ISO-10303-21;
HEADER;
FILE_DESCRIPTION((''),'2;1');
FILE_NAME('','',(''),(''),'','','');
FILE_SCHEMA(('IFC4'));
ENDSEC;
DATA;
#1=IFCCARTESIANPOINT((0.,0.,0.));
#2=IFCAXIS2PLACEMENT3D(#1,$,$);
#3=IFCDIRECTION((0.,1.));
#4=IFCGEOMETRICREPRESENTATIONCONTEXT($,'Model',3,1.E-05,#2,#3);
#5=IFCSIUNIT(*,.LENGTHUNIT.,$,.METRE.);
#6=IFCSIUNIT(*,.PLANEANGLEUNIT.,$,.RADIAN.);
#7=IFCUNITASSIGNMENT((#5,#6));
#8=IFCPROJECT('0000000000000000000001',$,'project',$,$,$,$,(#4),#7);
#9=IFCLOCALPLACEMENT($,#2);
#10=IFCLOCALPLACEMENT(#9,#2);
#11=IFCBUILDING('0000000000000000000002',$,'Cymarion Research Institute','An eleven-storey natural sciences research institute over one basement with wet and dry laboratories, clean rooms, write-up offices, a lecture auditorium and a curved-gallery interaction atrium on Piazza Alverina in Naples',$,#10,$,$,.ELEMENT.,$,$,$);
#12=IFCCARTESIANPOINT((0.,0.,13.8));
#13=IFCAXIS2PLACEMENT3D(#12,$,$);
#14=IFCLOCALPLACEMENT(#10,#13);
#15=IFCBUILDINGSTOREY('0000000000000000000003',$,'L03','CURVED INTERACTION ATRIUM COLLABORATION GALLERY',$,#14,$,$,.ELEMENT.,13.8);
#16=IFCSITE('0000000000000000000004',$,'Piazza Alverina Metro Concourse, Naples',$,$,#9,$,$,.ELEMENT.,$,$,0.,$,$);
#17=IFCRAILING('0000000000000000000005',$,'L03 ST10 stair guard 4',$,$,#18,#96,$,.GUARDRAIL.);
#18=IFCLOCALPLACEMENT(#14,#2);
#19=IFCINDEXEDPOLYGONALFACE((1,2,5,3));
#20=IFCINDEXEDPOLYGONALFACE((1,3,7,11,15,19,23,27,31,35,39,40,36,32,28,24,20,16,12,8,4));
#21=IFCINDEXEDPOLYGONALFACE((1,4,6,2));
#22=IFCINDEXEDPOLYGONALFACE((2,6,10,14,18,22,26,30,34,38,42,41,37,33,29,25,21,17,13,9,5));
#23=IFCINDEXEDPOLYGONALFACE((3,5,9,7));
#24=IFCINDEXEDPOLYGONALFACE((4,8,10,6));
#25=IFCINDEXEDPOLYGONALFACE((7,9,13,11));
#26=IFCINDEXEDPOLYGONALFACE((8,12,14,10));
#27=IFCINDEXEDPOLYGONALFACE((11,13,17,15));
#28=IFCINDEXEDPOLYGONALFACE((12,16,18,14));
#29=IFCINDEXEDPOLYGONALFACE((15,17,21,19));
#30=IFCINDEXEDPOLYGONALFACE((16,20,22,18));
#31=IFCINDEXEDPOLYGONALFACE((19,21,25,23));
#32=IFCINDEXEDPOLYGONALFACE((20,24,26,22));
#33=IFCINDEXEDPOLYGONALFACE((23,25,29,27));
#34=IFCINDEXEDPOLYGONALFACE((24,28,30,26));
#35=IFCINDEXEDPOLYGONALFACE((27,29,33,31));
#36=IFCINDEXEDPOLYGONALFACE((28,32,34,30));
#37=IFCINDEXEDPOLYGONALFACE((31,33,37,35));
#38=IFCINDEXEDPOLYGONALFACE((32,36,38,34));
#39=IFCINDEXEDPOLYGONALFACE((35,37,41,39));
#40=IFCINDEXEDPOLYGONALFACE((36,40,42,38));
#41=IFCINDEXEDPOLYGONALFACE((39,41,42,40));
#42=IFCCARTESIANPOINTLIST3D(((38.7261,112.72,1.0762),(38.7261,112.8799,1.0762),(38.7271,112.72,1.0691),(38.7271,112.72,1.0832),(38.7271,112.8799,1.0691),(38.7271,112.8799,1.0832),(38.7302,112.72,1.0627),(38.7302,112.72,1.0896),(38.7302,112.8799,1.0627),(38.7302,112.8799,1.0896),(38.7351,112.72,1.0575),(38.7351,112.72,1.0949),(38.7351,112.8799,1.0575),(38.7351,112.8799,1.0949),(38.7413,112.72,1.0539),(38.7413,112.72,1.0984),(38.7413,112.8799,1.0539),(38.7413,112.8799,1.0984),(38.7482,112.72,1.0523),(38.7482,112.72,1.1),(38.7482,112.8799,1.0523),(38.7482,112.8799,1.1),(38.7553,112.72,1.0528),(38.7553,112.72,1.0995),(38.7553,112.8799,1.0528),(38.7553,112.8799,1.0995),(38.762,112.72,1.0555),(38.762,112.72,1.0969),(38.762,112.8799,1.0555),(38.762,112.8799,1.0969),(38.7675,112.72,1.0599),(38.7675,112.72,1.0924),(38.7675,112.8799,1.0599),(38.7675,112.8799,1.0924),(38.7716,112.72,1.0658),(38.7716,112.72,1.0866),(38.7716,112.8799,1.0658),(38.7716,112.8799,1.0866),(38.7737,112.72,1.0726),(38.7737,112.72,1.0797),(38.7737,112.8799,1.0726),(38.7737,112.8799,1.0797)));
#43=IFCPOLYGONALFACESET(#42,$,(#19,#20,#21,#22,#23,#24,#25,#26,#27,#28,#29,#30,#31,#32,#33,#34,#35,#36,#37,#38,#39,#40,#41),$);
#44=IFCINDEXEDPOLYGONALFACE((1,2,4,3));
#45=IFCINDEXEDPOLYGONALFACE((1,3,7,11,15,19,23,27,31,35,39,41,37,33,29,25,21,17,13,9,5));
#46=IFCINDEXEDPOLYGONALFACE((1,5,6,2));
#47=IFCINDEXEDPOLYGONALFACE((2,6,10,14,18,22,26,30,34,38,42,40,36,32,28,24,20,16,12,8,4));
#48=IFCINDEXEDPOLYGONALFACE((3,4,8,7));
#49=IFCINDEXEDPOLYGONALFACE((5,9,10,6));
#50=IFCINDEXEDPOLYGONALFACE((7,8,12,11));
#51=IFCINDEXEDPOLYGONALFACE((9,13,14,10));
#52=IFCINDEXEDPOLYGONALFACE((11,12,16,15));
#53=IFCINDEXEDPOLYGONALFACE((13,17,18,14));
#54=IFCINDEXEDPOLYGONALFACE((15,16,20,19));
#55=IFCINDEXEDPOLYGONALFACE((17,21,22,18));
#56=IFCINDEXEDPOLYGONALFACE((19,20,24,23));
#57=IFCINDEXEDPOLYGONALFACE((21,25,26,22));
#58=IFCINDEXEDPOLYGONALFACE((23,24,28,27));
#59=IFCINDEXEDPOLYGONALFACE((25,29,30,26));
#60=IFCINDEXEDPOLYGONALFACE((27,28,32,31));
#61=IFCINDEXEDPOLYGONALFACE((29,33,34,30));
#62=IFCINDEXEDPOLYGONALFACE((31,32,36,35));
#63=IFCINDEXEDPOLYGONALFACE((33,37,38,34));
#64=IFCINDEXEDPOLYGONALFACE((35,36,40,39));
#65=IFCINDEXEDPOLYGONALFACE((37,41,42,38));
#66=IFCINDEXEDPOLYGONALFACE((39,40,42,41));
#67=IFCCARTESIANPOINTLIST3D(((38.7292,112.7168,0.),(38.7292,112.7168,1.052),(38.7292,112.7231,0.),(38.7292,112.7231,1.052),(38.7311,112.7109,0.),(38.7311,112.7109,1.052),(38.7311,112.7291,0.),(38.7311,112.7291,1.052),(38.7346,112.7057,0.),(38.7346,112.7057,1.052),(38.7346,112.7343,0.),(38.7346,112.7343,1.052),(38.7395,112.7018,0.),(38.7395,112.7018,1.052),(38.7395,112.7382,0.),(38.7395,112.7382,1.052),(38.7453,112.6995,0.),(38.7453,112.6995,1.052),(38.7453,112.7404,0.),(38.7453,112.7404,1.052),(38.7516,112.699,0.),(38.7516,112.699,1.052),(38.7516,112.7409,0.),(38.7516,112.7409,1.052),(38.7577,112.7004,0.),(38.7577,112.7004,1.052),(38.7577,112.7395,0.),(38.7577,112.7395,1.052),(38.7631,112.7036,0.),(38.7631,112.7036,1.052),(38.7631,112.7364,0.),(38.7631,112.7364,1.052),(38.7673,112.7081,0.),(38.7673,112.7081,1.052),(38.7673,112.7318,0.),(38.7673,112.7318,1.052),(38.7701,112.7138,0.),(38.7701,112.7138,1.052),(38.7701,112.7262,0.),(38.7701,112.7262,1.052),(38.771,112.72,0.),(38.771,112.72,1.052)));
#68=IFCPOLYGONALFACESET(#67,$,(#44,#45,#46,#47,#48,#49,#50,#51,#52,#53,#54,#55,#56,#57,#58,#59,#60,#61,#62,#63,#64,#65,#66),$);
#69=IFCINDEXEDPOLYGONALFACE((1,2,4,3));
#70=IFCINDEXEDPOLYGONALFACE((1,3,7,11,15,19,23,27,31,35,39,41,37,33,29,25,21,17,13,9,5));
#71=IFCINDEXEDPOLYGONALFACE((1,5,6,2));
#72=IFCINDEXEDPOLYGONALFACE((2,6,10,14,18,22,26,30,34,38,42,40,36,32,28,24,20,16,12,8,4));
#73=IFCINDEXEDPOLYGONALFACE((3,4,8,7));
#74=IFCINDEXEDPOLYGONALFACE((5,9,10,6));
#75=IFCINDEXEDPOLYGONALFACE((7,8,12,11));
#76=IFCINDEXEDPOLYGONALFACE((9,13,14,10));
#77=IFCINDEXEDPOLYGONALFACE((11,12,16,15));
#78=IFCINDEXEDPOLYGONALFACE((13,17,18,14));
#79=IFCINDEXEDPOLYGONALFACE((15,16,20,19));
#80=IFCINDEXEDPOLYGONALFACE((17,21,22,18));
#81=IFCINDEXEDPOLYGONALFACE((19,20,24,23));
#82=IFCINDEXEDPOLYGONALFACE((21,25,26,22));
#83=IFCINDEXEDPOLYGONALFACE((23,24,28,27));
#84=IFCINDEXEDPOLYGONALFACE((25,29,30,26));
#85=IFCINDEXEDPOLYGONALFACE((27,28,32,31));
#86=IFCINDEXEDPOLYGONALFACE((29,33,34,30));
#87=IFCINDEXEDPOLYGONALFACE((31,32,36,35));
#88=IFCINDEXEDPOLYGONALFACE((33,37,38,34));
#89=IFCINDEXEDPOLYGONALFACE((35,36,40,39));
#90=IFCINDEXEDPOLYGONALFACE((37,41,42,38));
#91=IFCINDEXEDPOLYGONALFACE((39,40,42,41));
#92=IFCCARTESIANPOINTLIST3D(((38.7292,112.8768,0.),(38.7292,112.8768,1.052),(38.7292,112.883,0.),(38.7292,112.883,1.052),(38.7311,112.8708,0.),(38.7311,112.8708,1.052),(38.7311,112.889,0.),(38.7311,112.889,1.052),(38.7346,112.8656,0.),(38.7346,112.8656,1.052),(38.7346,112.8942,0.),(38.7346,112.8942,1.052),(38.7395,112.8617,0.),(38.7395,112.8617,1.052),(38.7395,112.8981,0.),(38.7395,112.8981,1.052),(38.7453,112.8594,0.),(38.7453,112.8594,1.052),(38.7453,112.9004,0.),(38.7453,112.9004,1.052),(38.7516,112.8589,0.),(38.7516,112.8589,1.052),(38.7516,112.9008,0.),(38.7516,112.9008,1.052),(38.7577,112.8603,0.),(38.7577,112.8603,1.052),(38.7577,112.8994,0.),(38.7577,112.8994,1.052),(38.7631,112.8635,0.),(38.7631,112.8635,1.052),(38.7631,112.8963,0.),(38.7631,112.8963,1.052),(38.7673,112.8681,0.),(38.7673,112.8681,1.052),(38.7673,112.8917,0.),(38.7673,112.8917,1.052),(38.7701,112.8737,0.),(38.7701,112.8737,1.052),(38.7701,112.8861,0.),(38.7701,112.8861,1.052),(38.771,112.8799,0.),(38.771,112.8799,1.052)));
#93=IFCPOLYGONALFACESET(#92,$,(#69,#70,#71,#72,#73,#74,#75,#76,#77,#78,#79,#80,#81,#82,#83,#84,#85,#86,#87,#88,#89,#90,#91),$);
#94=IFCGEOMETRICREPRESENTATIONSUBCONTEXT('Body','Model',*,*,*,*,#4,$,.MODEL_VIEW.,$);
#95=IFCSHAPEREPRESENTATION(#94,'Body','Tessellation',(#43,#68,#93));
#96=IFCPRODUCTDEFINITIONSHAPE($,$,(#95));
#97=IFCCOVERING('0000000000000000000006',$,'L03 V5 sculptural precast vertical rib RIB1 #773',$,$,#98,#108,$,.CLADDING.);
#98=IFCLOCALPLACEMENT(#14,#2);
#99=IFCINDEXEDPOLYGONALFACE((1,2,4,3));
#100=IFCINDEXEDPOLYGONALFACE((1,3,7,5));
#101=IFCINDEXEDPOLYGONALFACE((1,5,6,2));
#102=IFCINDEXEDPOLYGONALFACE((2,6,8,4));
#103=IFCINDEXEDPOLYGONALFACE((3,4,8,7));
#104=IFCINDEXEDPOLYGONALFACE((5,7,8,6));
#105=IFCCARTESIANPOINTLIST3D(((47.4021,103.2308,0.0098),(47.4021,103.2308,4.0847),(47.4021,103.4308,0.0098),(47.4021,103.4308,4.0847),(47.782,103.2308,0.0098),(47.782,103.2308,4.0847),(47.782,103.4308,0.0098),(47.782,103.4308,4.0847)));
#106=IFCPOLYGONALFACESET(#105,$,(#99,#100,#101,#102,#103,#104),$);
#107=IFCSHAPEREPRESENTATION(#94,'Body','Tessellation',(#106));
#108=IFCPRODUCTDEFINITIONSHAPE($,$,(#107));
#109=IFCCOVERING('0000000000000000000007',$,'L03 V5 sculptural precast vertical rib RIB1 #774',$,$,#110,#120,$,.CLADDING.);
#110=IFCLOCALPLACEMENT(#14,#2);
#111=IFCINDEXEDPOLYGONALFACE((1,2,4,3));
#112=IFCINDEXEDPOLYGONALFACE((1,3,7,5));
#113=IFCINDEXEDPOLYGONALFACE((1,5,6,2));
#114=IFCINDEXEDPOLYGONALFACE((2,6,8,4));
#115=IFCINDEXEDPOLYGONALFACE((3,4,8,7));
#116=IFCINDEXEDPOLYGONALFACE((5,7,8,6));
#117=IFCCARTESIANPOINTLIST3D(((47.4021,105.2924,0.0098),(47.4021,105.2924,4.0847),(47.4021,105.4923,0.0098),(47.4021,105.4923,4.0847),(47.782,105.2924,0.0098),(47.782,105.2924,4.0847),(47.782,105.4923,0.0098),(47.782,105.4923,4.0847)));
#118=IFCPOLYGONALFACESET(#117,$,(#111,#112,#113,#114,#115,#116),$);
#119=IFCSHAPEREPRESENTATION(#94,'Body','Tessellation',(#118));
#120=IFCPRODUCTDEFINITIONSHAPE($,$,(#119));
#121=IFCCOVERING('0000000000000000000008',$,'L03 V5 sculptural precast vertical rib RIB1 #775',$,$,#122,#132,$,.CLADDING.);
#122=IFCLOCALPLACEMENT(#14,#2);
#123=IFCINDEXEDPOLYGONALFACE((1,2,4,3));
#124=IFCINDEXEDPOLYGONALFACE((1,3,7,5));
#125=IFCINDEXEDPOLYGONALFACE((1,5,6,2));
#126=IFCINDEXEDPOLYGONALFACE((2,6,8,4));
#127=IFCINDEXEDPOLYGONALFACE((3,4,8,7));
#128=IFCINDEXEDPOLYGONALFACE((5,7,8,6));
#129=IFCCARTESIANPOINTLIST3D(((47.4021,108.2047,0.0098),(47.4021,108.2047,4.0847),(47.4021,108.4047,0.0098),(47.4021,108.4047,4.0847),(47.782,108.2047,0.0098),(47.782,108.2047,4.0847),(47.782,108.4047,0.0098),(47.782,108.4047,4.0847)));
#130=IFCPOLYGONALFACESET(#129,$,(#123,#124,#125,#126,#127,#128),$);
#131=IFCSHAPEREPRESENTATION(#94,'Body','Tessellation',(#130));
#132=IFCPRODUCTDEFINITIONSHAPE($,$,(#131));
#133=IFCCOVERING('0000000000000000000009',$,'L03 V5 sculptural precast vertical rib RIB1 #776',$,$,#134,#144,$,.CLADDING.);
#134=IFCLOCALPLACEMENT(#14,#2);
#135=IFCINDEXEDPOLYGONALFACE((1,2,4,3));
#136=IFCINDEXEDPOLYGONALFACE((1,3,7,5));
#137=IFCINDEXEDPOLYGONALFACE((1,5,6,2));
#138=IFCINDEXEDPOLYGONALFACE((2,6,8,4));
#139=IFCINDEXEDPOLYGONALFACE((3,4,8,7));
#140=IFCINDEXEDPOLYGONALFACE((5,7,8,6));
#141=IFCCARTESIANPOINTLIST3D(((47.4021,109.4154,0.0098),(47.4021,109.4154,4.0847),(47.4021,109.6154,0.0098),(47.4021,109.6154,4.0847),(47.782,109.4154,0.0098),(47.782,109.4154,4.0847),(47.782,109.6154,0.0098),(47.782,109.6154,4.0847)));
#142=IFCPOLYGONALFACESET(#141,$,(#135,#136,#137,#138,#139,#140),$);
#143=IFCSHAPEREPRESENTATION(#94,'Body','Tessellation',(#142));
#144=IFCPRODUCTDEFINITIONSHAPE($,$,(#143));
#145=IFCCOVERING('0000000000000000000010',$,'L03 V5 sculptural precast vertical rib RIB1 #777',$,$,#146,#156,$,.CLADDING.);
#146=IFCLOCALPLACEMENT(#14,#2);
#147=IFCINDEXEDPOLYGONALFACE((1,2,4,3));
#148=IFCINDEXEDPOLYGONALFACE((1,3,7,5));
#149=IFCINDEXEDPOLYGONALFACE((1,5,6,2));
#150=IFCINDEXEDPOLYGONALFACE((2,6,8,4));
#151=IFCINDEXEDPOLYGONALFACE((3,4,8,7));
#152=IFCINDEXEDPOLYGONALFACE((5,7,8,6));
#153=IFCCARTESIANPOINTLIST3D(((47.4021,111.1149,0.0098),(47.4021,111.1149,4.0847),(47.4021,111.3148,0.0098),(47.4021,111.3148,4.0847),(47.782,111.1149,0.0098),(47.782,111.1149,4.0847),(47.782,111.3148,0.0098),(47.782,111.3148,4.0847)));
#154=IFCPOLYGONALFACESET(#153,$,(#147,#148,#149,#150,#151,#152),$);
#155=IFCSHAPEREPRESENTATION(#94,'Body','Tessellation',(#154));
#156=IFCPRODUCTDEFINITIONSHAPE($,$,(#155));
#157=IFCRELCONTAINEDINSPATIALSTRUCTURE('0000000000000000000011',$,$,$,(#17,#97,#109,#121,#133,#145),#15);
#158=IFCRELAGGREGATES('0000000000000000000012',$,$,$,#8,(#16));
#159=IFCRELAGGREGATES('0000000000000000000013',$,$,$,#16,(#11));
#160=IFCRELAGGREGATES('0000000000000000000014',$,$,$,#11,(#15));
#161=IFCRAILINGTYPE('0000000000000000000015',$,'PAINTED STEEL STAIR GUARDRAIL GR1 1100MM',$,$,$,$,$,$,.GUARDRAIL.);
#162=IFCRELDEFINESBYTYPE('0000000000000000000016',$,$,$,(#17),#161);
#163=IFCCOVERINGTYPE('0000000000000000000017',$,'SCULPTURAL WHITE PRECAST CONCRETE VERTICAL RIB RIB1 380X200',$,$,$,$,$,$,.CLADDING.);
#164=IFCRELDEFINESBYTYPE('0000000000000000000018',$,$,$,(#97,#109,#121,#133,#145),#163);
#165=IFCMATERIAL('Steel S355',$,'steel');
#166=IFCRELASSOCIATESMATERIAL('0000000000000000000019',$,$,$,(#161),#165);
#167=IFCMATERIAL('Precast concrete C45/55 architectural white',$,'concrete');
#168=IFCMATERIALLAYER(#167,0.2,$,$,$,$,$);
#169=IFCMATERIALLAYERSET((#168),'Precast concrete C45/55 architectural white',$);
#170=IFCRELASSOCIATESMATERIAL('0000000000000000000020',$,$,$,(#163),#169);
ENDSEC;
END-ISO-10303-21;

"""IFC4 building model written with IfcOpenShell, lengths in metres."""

from ifc_helpers import new_model, si_unit, direction, frame, origin, origin_2d, place, context, subcontext, project, spatial, rectangle, circle, extrude, material, layer, layer_set, type_object, element, save


model = new_model("IFC4")

# Units and contexts
model_context = context("Model", 3, precision=1e-05, world=origin(), true_north=direction((0.0, 1.0)))
body_context = subcontext(model_context, "Body", "Model", "MODEL_VIEW")
ifc_project = project(units=[si_unit("LENGTHUNIT", "METRE"), si_unit("PLANEANGLEUNIT", "RADIAN")], contexts=[model_context])

# Site, building, storey
site_placement = place(None, origin())
site = spatial("IfcSite", under=ifc_project, at=site_placement, Name="Piazza Alverina Metro Concourse, Naples", CompositionType="ELEMENT", RefElevation=0.0)
building_placement = place(site_placement, origin())
building = spatial("IfcBuilding", under=site, at=building_placement, Name="Cymarion Research Institute", Description="An eleven-storey natural sciences research institute over one basement with wet and dry laboratories, clean rooms, write-up offices, a lecture auditorium and a curved-gallery interaction atrium on Piazza Alverina in Naples", CompositionType="ELEMENT")
storey_placement = place(building_placement, frame((0.0, 0.0, 13.8)))
storey = spatial("IfcBuildingStorey", under=building, at=storey_placement, Name="L03", Description="CURVED INTERACTION ATRIUM COLLABORATION GALLERY", CompositionType="ELEMENT", Elevation=13.8)

# Shared definitions
ifc_material_1 = material(Name="Steel S355", Category="steel")

# Railing
railing_type_1 = type_object("IfcRailingType", Name="PAINTED STEEL STAIR GUARDRAIL GR1 1100MM", PredefinedType="GUARDRAIL", material=ifc_material_1)
railing_1_placement = place(storey_placement, frame((38.75, 112.72, 0.0)))
element("IfcRailing", 1, at=railing_1_placement, inside=storey, type_object=railing_type_1, Name="L03 ST10 stair guard 4", PredefinedType="GUARDRAIL", context=body_context, shape_type="SweptSolid", body=[
    extrude(circle(Radius=0.0239, at=origin_2d()), frame((0.0, 0.0, 1.0762), z_axis=(0.0, 1.0, 0.0), x_axis=(-1.0, 0.0, 0.0)), (0.0, 0.0, 1.0), 0.1599),
    extrude(circle(Radius=0.021, at=origin_2d()), origin(), (0.0, 0.0, 1.0), 1.052),
    extrude(circle(Radius=0.021, at=origin_2d()), frame((0.0, 0.1599, 0.0)), (0.0, 0.0, 1.0), 1.052),
])

# Coverings
ifc_material_2 = material(Name="Precast concrete C45/55 architectural white", Category="concrete")
ifc_layer_1 = layer(ifc_material_2, 0.2)
ifc_layer_set_1 = layer_set([ifc_layer_1], Name="Precast concrete C45/55 architectural white")
covering_type = type_object("IfcCoveringType", Name="SCULPTURAL WHITE PRECAST CONCRETE VERTICAL RIB RIB1 380X200", PredefinedType="CLADDING", material=ifc_layer_set_1)
for number, where, z_axis, x_axis, name in (
    (2, (47.592, 103.3308, 0.0098), (0.0, 0.0, 1.0), (1.0, 0.0, 0.0), "L03 V5 sculptural precast vertical rib RIB1 #773"),
    (3, (47.592, 105.3923, 0.0098), (0.0, 0.0, 1.0), (1.0, 0.0, 0.0), "L03 V5 sculptural precast vertical rib RIB1 #774"),
    (4, (47.592, 108.3047, 0.0098), (0.0, 0.0, 1.0), (1.0, 0.0, 0.0), "L03 V5 sculptural precast vertical rib RIB1 #775"),
    (5, (47.592, 109.5154, 0.0098), (0.0, 0.0, 1.0), (1.0, 0.0, 0.0), "L03 V5 sculptural precast vertical rib RIB1 #776"),
    (6, (47.592, 111.2148, 0.0098), (0.0, 0.0, 1.0), (1.0, 0.0, 0.0), "L03 V5 sculptural precast vertical rib RIB1 #777"),
):
    element("IfcCovering", number, at=place(storey_placement, frame(where, z_axis=z_axis, x_axis=x_axis)), inside=storey, type_object=covering_type, Name=name, PredefinedType="CLADDING", context=body_context, shape_type="SweptSolid", body=[
        extrude(rectangle(XDim=0.3799, YDim=0.2, at=origin_2d()), origin(), (0.0, 0.0, 1.0), 4.075),
    ])

save(model, "model.ifc")
